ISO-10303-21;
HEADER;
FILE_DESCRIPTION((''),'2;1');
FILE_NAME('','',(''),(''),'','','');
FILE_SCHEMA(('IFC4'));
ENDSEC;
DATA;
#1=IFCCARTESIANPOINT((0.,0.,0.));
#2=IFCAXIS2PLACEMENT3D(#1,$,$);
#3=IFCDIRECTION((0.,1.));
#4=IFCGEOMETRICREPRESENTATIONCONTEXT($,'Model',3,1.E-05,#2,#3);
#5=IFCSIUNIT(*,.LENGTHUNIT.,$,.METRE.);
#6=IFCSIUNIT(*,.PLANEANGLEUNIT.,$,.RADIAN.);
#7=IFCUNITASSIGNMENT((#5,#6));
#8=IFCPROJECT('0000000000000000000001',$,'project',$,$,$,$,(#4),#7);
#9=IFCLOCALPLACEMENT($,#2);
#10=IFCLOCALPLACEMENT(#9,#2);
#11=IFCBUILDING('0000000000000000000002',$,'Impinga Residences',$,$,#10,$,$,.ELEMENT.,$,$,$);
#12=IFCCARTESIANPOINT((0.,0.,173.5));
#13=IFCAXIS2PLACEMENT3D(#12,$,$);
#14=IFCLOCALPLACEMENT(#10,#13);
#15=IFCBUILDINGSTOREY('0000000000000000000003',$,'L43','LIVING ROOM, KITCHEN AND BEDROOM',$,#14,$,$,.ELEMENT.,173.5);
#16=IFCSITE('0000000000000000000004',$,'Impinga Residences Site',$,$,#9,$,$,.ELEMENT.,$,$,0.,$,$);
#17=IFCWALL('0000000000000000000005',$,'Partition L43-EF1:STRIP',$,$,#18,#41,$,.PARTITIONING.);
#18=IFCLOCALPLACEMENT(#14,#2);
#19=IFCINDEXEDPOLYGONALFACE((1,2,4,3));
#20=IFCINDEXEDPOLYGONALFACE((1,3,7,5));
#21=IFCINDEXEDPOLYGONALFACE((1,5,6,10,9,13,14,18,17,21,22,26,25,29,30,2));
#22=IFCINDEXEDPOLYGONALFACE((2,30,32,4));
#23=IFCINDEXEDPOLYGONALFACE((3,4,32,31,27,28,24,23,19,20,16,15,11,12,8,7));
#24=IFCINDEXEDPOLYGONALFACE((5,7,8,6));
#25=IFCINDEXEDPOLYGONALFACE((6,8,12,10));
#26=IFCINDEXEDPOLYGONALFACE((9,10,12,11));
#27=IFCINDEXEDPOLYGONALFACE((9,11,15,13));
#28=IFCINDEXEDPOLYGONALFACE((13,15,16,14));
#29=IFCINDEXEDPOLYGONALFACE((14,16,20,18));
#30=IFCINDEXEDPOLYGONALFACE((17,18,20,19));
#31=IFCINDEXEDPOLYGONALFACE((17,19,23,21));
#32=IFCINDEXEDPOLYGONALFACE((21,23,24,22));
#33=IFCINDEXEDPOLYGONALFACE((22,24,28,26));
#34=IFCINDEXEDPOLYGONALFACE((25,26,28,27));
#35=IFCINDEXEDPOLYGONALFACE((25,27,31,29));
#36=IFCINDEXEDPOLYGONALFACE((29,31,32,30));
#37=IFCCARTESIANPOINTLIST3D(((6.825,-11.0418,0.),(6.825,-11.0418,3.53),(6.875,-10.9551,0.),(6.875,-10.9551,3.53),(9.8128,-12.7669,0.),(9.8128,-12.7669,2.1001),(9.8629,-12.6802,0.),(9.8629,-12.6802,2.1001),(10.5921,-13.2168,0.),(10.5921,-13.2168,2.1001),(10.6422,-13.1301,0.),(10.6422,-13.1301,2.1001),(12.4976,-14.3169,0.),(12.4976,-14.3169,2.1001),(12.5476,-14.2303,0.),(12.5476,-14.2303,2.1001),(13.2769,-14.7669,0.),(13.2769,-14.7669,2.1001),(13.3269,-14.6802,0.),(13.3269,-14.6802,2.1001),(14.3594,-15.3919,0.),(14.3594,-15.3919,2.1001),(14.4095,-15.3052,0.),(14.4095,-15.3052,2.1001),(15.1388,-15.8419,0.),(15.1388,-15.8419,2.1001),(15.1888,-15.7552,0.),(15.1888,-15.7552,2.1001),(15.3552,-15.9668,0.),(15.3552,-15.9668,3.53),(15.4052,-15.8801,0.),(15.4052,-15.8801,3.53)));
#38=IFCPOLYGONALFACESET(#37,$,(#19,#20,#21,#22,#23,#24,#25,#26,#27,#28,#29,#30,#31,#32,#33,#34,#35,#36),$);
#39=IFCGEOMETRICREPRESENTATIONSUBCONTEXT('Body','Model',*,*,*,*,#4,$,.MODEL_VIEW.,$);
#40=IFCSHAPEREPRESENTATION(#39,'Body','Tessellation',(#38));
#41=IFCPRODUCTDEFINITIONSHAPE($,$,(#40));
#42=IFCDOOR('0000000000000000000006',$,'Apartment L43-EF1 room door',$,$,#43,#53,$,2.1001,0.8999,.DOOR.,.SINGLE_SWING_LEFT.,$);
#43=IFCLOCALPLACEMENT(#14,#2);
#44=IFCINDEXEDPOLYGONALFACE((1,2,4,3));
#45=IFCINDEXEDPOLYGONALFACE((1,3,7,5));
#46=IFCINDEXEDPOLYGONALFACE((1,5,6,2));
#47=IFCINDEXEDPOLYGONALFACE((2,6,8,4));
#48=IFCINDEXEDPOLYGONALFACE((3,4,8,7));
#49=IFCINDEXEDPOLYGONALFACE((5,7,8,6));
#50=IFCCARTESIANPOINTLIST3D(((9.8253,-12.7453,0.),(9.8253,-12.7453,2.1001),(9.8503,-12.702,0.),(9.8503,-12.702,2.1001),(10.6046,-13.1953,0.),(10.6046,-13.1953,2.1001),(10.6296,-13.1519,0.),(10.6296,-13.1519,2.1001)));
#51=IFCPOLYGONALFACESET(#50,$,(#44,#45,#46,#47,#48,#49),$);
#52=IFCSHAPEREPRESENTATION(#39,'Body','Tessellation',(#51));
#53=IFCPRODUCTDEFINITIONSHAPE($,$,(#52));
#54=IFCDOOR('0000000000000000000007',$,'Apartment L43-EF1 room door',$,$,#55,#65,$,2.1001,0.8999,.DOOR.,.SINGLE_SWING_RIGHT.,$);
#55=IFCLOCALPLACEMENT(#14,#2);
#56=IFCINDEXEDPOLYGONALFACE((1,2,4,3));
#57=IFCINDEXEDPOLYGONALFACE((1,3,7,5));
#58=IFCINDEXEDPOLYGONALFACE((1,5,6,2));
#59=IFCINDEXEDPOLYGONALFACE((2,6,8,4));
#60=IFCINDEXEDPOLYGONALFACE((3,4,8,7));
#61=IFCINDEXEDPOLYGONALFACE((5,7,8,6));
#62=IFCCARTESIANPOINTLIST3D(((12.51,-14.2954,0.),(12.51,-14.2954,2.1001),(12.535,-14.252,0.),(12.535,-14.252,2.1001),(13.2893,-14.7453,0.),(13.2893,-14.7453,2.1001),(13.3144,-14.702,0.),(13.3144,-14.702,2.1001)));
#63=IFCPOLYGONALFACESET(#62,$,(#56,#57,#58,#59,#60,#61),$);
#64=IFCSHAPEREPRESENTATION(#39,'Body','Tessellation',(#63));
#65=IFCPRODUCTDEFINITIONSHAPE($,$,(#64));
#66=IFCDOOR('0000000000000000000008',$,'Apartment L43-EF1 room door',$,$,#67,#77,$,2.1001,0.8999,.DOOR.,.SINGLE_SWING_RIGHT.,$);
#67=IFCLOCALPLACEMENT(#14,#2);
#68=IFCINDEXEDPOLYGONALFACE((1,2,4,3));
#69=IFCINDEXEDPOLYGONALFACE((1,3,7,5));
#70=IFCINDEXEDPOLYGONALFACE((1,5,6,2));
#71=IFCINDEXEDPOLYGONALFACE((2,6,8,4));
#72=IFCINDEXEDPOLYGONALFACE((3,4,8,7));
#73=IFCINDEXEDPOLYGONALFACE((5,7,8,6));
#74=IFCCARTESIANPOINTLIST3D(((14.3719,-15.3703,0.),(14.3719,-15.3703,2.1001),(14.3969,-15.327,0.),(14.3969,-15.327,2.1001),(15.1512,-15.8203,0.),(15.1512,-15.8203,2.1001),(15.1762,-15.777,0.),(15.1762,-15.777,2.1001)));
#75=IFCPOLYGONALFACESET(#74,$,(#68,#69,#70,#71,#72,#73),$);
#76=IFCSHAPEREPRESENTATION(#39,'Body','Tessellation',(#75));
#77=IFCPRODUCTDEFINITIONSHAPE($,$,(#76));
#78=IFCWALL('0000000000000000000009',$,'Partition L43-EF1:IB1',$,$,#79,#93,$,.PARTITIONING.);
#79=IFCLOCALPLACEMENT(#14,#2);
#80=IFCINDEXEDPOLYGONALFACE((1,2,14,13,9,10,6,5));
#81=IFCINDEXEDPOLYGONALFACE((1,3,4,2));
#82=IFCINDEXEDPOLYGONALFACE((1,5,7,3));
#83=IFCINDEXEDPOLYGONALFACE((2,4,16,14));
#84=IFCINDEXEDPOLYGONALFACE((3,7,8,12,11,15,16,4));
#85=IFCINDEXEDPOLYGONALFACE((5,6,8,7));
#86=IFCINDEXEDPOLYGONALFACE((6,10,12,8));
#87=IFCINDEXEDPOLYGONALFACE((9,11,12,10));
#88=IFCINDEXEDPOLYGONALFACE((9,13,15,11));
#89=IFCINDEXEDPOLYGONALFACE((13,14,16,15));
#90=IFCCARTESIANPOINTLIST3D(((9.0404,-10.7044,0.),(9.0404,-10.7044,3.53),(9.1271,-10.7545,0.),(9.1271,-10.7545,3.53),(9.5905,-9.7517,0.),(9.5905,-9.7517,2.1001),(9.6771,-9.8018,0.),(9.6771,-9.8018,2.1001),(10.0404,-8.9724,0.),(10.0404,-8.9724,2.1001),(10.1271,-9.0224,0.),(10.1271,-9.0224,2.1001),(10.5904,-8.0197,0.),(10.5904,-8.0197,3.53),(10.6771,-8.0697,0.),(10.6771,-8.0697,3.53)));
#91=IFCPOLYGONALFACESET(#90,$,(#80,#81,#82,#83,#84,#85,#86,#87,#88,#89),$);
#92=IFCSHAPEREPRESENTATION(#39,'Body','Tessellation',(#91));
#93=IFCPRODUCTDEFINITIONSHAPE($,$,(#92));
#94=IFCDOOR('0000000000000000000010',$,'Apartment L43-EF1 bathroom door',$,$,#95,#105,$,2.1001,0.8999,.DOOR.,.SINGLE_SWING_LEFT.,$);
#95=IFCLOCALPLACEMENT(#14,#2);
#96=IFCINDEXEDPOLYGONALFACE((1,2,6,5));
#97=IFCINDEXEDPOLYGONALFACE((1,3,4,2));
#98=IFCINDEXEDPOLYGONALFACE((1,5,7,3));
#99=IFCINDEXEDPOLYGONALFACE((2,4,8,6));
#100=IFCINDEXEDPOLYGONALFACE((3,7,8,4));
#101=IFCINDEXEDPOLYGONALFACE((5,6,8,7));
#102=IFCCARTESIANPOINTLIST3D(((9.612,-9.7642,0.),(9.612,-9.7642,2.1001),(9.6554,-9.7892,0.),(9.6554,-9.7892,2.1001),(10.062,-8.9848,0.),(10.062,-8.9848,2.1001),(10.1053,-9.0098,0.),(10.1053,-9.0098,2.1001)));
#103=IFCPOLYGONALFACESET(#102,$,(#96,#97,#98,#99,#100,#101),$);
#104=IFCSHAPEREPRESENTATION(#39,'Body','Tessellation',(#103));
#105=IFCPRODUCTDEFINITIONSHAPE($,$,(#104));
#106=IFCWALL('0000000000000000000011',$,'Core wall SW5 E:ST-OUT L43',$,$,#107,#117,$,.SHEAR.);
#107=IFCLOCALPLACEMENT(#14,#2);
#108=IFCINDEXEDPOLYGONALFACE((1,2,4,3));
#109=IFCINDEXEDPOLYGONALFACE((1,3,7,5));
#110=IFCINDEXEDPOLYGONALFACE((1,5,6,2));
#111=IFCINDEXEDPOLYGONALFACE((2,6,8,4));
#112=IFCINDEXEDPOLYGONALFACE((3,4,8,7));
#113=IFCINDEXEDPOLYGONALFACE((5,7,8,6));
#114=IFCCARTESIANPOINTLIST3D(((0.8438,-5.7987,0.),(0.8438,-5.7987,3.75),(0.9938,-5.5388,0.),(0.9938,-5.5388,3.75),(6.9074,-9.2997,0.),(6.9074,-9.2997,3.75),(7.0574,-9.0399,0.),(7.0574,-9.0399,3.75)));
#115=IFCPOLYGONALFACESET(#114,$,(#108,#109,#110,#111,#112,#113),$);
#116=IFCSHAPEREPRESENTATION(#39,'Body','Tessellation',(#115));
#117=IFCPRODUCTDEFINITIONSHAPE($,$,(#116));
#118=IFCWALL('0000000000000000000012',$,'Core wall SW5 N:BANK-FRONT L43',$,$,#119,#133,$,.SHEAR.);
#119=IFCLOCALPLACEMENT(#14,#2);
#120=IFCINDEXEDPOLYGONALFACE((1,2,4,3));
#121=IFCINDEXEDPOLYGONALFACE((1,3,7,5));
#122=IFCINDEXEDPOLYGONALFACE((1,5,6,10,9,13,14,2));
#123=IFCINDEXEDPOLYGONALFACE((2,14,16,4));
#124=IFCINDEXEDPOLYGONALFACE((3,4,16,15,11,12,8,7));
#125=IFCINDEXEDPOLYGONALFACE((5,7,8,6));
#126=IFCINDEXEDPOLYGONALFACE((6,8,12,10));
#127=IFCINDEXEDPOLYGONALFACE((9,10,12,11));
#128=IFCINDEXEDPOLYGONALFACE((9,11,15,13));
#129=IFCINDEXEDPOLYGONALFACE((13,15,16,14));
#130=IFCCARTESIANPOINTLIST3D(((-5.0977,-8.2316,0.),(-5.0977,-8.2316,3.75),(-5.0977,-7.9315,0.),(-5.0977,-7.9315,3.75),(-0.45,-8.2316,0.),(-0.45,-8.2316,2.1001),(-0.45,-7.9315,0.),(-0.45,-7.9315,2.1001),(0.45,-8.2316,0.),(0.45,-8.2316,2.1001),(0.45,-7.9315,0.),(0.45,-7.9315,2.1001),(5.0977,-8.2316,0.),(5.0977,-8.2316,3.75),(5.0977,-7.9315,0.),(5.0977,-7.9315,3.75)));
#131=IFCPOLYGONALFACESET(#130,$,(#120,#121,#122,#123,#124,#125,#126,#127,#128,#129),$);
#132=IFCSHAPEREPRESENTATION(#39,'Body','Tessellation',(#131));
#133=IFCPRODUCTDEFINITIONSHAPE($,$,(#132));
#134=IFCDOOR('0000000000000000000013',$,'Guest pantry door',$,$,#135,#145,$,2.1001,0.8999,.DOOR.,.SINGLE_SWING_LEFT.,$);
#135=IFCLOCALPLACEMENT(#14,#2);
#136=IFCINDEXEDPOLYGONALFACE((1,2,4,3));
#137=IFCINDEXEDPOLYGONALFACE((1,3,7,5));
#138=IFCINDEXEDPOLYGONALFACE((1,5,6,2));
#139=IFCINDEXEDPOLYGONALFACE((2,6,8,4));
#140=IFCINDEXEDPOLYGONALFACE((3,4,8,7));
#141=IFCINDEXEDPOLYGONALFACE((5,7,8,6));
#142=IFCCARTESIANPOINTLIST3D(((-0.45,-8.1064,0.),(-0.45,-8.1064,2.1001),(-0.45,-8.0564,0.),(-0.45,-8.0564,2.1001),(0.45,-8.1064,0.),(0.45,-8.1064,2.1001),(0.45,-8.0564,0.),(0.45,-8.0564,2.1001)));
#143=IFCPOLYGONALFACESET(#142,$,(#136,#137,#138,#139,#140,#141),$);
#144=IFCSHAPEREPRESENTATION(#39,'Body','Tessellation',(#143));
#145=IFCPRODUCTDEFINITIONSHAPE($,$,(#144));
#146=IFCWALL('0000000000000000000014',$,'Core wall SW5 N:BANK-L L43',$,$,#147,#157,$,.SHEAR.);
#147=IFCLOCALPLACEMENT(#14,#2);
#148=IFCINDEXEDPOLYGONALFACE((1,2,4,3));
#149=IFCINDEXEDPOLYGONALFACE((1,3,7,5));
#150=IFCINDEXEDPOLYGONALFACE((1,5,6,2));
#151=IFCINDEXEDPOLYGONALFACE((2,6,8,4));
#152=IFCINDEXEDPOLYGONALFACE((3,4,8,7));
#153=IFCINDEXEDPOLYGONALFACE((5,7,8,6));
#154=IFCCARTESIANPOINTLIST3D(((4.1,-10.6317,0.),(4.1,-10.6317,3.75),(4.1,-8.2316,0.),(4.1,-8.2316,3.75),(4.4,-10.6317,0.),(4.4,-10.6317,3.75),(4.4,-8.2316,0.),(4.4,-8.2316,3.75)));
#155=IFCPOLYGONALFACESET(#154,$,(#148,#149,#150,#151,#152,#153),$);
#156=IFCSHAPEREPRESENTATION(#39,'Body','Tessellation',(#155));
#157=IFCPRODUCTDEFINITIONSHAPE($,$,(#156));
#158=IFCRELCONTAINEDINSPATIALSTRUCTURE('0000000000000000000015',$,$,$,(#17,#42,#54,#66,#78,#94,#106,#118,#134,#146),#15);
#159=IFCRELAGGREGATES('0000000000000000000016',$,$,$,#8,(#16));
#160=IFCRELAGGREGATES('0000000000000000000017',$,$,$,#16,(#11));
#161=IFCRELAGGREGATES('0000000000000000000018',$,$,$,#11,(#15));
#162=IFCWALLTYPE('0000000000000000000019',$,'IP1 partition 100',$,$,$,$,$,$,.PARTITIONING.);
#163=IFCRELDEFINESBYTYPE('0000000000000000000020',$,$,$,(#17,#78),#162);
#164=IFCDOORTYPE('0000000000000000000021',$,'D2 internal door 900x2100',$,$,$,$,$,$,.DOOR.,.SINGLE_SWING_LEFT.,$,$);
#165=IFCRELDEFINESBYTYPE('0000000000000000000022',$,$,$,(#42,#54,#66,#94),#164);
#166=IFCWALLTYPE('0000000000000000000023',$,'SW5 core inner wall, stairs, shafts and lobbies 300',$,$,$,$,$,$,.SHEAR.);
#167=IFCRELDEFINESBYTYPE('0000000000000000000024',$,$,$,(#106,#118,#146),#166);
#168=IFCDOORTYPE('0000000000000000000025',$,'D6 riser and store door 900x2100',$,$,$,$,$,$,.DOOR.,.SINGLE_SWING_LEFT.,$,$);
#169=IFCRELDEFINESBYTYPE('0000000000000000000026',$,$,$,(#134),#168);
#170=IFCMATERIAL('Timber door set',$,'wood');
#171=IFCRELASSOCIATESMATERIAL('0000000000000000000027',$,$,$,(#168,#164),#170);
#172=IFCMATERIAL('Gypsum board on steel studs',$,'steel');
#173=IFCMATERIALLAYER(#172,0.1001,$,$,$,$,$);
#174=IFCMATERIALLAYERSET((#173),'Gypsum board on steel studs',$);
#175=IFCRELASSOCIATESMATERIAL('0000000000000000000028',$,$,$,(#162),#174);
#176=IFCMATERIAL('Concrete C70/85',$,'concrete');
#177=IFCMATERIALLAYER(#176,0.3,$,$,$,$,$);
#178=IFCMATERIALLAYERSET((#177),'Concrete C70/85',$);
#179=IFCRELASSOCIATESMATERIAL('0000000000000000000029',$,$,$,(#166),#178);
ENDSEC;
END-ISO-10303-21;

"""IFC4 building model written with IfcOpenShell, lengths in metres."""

from ifc_helpers import new_model, si_unit, direction, frame, frame_2d, origin, place, context, subcontext, project, spatial, rectangle, extrude, material, layer, layer_set, type_object, element, fill, save


model = new_model("IFC4")

# Units and contexts
model_context = context("Model", 3, precision=1e-05, world=origin(), true_north=direction((0.0, 1.0)))
body_context = subcontext(model_context, "Body", "Model", "MODEL_VIEW")
ifc_project = project(units=[si_unit("LENGTHUNIT", "METRE"), si_unit("PLANEANGLEUNIT", "RADIAN")], contexts=[model_context])

# Site, building, storey
site_placement = place(None, origin())
site = spatial("IfcSite", under=ifc_project, at=site_placement, Name="Impinga Residences Site", CompositionType="ELEMENT", RefElevation=0.0)
building_placement = place(site_placement, origin())
building = spatial("IfcBuilding", under=site, at=building_placement, Name="Impinga Residences", CompositionType="ELEMENT")
storey_placement = place(building_placement, frame((0.0, 0.0, 173.5)))
storey = spatial("IfcBuildingStorey", under=building, at=storey_placement, Name="L43", Description="LIVING ROOM, KITCHEN AND BEDROOM", CompositionType="ELEMENT", Elevation=173.5)

# Shared definitions
ifc_material_1 = material(Name="Timber door set", Category="wood")

# Shared definitions
door_type_1 = type_object("IfcDoorType", Name="D6 riser and store door 900x2100", OperationType="SINGLE_SWING_LEFT", PredefinedType="DOOR", material=ifc_material_1)

# Shared definitions
ifc_material_2 = material(Name="Gypsum board on steel studs", Category="steel")
ifc_layer_1 = layer(ifc_material_2, 0.1001)
ifc_layer_set_1 = layer_set([ifc_layer_1], Name="Gypsum board on steel studs")
wall_type_1 = type_object("IfcWallType", Name="IP1 partition 100", PredefinedType="PARTITIONING", material=ifc_layer_set_1)

# Wall, openings, doors
wall_1_placement = place(storey_placement, frame((6.8501, -10.9985, 0.0), z_axis=(0.0, 0.0, 1.0), x_axis=(0.866021, -0.500007, 0.0)))
wall_1 = element("IfcWall", 1, at=wall_1_placement, inside=storey, type_object=wall_type_1, Name="Partition L43-EF1:STRIP", PredefinedType="PARTITIONING", context=body_context, shape_type="SweptSolid", body=[
    extrude(rectangle(XDim=9.8499, YDim=0.1001, at=frame_2d((4.9248, 0.0))), origin(), (0.0, 0.0, 1.0), 3.53),
])
opening_1_placement = place(wall_1_placement, frame((3.45, 0.0, 0.0)))
opening_1 = element("IfcOpeningElement", 2, at=opening_1_placement, cuts=wall_1, PredefinedType="OPENING", context=body_context, shape_type="SweptSolid", body=[
    extrude(rectangle(XDim=0.8999, YDim=2.1001, at=frame_2d((0.45, 1.05))), frame((0.0, 0.0601, 0.0), z_axis=(0.0, -1.0, 0.0), x_axis=(1.0, 0.0, 0.0)), (0.0, 0.0, 1.0), 0.1201),
])
opening_2_placement = place(wall_1_placement, frame((6.55, 0.0, 0.0)))
opening_2 = element("IfcOpeningElement", 3, at=opening_2_placement, cuts=wall_1, PredefinedType="OPENING", context=body_context, shape_type="SweptSolid", body=[
    extrude(rectangle(XDim=0.8999, YDim=2.1001, at=frame_2d((0.45, 1.05))), frame((0.0, 0.0601, 0.0), z_axis=(0.0, -1.0, 0.0), x_axis=(1.0, 0.0, 0.0)), (0.0, 0.0, 1.0), 0.1201),
])
opening_3_placement = place(wall_1_placement, frame((8.7, 0.0, 0.0)))
opening_3 = element("IfcOpeningElement", 4, at=opening_3_placement, cuts=wall_1, PredefinedType="OPENING", context=body_context, shape_type="SweptSolid", body=[
    extrude(rectangle(XDim=0.8999, YDim=2.1001, at=frame_2d((0.45, 1.05))), frame((0.0, 0.0601, 0.0), z_axis=(0.0, -1.0, 0.0), x_axis=(1.0, 0.0, 0.0)), (0.0, 0.0, 1.0), 0.1201),
])
door_type_2 = type_object("IfcDoorType", Name="D2 internal door 900x2100", OperationType="SINGLE_SWING_LEFT", PredefinedType="DOOR", material=ifc_material_1)
door_1_placement = place(opening_1_placement, origin())
door_1 = element("IfcDoor", 5, at=door_1_placement, inside=storey, type_object=door_type_2, Name="Apartment L43-EF1 room door", OperationType="SINGLE_SWING_LEFT", OverallHeight=2.1001, OverallWidth=0.8999, PredefinedType="DOOR", context=body_context, shape_type="SweptSolid", body=[
    extrude(rectangle(XDim=0.8999, YDim=2.1001, at=frame_2d((0.45, 1.05))), frame((0.0, 0.0249, 0.0), z_axis=(0.0, -1.0, 0.0), x_axis=(1.0, 0.0, 0.0)), (0.0, 0.0, 1.0), 0.05),
])
fill(opening_1, door_1)
door_2_placement = place(opening_2_placement, origin())
door_2 = element("IfcDoor", 6, at=door_2_placement, inside=storey, type_object=door_type_2, Name="Apartment L43-EF1 room door", OperationType="SINGLE_SWING_RIGHT", OverallHeight=2.1001, OverallWidth=0.8999, PredefinedType="DOOR", context=body_context, shape_type="SweptSolid", body=[
    extrude(rectangle(XDim=0.8999, YDim=2.1001, at=frame_2d((0.45, 1.05))), frame((0.0, 0.0249, 0.0), z_axis=(0.0, -1.0, 0.0), x_axis=(1.0, 0.0, 0.0)), (0.0, 0.0, 1.0), 0.05),
])
fill(opening_2, door_2)
door_3_placement = place(opening_3_placement, origin())
door_3 = element("IfcDoor", 7, at=door_3_placement, inside=storey, type_object=door_type_2, Name="Apartment L43-EF1 room door", OperationType="SINGLE_SWING_RIGHT", OverallHeight=2.1001, OverallWidth=0.8999, PredefinedType="DOOR", context=body_context, shape_type="SweptSolid", body=[
    extrude(rectangle(XDim=0.8999, YDim=2.1001, at=frame_2d((0.45, 1.05))), frame((0.0, 0.0249, 0.0), z_axis=(0.0, -1.0, 0.0), x_axis=(1.0, 0.0, 0.0)), (0.0, 0.0, 1.0), 0.05),
])
fill(opening_3, door_3)

# Wall, opening, door
wall_2_placement = place(storey_placement, frame((10.6338, -8.0447, 0.0), z_axis=(0.0, 0.0, 1.0), x_axis=(-0.499993, -0.86603, 0.0)))
wall_2 = element("IfcWall", 8, at=wall_2_placement, inside=storey, type_object=wall_type_1, Name="Partition L43-EF1:IB1", PredefinedType="PARTITIONING", context=body_context, shape_type="SweptSolid", body=[
    extrude(rectangle(XDim=3.1001, YDim=0.1001, at=frame_2d((1.55, 0.0))), origin(), (0.0, 0.0, 1.0), 3.53),
])
opening_4_placement = place(wall_2_placement, frame((1.1001, 0.0, 0.0)))
opening_4 = element("IfcOpeningElement", 9, at=opening_4_placement, cuts=wall_2, PredefinedType="OPENING", context=body_context, shape_type="SweptSolid", body=[
    extrude(rectangle(XDim=0.8999, YDim=2.1001, at=frame_2d((0.45, 1.05))), frame((0.0, 0.0601, 0.0), z_axis=(0.0, -1.0, 0.0), x_axis=(1.0, 0.0, 0.0)), (0.0, 0.0, 1.0), 0.1201),
])
door_4_placement = place(opening_4_placement, origin())
door_4 = element("IfcDoor", 10, at=door_4_placement, inside=storey, type_object=door_type_2, Name="Apartment L43-EF1 bathroom door", OperationType="SINGLE_SWING_LEFT", OverallHeight=2.1001, OverallWidth=0.8999, PredefinedType="DOOR", context=body_context, shape_type="SweptSolid", body=[
    extrude(rectangle(XDim=0.8999, YDim=2.1001, at=frame_2d((0.45, 1.05))), frame((0.0, 0.0249, 0.0), z_axis=(0.0, -1.0, 0.0), x_axis=(1.0, 0.0, 0.0)), (0.0, 0.0, 1.0), 0.05),
])
fill(opening_4, door_4)

# Wall
ifc_material_3 = material(Name="Concrete C70/85", Category="concrete")
ifc_layer_2 = layer(ifc_material_3, 0.3)
ifc_layer_set_2 = layer_set([ifc_layer_2], Name="Concrete C70/85")
wall_type_2 = type_object("IfcWallType", Name="SW5 core inner wall, stairs, shafts and lobbies 300", PredefinedType="SHEAR", material=ifc_layer_set_2)
wall_3_placement = place(storey_placement, frame((0.9187, -5.6687, 0.0), z_axis=(0.0, 0.0, 1.0), x_axis=(0.866011, -0.500024, 0.0)))
element("IfcWall", 11, at=wall_3_placement, inside=storey, type_object=wall_type_2, Name="Core wall SW5 E:ST-OUT L43", PredefinedType="SHEAR", context=body_context, shape_type="SweptSolid", body=[
    extrude(rectangle(XDim=7.0017, YDim=0.3, at=frame_2d((3.501, 0.0))), origin(), (0.0, 0.0, 1.0), 3.75),
])

# Wall, opening, door
wall_4_placement = place(storey_placement, frame((5.0977, -8.0815, 0.0), z_axis=(0.0, 0.0, 1.0), x_axis=(-1.0, 0.0, 0.0)))
wall_4 = element("IfcWall", 12, at=wall_4_placement, inside=storey, type_object=wall_type_2, Name="Core wall SW5 N:BANK-FRONT L43", PredefinedType="SHEAR", context=body_context, shape_type="SweptSolid", body=[
    extrude(rectangle(XDim=10.1953, YDim=0.3, at=frame_2d((5.0977, 0.0))), origin(), (0.0, 0.0, 1.0), 3.75),
])
opening_5_placement = place(wall_4_placement, frame((4.6477, 0.0, 0.0)))
opening_5 = element("IfcOpeningElement", 13, at=opening_5_placement, cuts=wall_4, PredefinedType="OPENING", context=body_context, shape_type="SweptSolid", body=[
    extrude(rectangle(XDim=0.8999, YDim=2.1001, at=frame_2d((0.45, 1.05))), frame((0.0, 0.1599, 0.0), z_axis=(0.0, -1.0, 0.0), x_axis=(1.0, 0.0, 0.0)), (0.0, 0.0, 1.0), 0.3201),
])
door_5_placement = place(opening_5_placement, origin())
door_5 = element("IfcDoor", 14, at=door_5_placement, inside=storey, type_object=door_type_1, Name="Guest pantry door", OperationType="SINGLE_SWING_LEFT", OverallHeight=2.1001, OverallWidth=0.8999, PredefinedType="DOOR", context=body_context, shape_type="SweptSolid", body=[
    extrude(rectangle(XDim=0.8999, YDim=2.1001, at=frame_2d((0.45, 1.05))), frame((0.0, 0.0249, 0.0), z_axis=(0.0, -1.0, 0.0), x_axis=(1.0, 0.0, 0.0)), (0.0, 0.0, 1.0), 0.05),
])
fill(opening_5, door_5)

# Wall
wall_5_placement = place(storey_placement, frame((4.25, -8.2314, 0.0), z_axis=(0.0, 0.0, 1.0), x_axis=(0.0, -1.0, 0.0)))
element("IfcWall", 15, at=wall_5_placement, inside=storey, type_object=wall_type_2, Name="Core wall SW5 N:BANK-L L43", PredefinedType="SHEAR", context=body_context, shape_type="SweptSolid", body=[
    extrude(rectangle(XDim=2.4001, YDim=0.3, at=frame_2d((1.2002, 0.0))), origin(), (0.0, 0.0, 1.0), 3.75),
])

save(model, "model.ifc")
